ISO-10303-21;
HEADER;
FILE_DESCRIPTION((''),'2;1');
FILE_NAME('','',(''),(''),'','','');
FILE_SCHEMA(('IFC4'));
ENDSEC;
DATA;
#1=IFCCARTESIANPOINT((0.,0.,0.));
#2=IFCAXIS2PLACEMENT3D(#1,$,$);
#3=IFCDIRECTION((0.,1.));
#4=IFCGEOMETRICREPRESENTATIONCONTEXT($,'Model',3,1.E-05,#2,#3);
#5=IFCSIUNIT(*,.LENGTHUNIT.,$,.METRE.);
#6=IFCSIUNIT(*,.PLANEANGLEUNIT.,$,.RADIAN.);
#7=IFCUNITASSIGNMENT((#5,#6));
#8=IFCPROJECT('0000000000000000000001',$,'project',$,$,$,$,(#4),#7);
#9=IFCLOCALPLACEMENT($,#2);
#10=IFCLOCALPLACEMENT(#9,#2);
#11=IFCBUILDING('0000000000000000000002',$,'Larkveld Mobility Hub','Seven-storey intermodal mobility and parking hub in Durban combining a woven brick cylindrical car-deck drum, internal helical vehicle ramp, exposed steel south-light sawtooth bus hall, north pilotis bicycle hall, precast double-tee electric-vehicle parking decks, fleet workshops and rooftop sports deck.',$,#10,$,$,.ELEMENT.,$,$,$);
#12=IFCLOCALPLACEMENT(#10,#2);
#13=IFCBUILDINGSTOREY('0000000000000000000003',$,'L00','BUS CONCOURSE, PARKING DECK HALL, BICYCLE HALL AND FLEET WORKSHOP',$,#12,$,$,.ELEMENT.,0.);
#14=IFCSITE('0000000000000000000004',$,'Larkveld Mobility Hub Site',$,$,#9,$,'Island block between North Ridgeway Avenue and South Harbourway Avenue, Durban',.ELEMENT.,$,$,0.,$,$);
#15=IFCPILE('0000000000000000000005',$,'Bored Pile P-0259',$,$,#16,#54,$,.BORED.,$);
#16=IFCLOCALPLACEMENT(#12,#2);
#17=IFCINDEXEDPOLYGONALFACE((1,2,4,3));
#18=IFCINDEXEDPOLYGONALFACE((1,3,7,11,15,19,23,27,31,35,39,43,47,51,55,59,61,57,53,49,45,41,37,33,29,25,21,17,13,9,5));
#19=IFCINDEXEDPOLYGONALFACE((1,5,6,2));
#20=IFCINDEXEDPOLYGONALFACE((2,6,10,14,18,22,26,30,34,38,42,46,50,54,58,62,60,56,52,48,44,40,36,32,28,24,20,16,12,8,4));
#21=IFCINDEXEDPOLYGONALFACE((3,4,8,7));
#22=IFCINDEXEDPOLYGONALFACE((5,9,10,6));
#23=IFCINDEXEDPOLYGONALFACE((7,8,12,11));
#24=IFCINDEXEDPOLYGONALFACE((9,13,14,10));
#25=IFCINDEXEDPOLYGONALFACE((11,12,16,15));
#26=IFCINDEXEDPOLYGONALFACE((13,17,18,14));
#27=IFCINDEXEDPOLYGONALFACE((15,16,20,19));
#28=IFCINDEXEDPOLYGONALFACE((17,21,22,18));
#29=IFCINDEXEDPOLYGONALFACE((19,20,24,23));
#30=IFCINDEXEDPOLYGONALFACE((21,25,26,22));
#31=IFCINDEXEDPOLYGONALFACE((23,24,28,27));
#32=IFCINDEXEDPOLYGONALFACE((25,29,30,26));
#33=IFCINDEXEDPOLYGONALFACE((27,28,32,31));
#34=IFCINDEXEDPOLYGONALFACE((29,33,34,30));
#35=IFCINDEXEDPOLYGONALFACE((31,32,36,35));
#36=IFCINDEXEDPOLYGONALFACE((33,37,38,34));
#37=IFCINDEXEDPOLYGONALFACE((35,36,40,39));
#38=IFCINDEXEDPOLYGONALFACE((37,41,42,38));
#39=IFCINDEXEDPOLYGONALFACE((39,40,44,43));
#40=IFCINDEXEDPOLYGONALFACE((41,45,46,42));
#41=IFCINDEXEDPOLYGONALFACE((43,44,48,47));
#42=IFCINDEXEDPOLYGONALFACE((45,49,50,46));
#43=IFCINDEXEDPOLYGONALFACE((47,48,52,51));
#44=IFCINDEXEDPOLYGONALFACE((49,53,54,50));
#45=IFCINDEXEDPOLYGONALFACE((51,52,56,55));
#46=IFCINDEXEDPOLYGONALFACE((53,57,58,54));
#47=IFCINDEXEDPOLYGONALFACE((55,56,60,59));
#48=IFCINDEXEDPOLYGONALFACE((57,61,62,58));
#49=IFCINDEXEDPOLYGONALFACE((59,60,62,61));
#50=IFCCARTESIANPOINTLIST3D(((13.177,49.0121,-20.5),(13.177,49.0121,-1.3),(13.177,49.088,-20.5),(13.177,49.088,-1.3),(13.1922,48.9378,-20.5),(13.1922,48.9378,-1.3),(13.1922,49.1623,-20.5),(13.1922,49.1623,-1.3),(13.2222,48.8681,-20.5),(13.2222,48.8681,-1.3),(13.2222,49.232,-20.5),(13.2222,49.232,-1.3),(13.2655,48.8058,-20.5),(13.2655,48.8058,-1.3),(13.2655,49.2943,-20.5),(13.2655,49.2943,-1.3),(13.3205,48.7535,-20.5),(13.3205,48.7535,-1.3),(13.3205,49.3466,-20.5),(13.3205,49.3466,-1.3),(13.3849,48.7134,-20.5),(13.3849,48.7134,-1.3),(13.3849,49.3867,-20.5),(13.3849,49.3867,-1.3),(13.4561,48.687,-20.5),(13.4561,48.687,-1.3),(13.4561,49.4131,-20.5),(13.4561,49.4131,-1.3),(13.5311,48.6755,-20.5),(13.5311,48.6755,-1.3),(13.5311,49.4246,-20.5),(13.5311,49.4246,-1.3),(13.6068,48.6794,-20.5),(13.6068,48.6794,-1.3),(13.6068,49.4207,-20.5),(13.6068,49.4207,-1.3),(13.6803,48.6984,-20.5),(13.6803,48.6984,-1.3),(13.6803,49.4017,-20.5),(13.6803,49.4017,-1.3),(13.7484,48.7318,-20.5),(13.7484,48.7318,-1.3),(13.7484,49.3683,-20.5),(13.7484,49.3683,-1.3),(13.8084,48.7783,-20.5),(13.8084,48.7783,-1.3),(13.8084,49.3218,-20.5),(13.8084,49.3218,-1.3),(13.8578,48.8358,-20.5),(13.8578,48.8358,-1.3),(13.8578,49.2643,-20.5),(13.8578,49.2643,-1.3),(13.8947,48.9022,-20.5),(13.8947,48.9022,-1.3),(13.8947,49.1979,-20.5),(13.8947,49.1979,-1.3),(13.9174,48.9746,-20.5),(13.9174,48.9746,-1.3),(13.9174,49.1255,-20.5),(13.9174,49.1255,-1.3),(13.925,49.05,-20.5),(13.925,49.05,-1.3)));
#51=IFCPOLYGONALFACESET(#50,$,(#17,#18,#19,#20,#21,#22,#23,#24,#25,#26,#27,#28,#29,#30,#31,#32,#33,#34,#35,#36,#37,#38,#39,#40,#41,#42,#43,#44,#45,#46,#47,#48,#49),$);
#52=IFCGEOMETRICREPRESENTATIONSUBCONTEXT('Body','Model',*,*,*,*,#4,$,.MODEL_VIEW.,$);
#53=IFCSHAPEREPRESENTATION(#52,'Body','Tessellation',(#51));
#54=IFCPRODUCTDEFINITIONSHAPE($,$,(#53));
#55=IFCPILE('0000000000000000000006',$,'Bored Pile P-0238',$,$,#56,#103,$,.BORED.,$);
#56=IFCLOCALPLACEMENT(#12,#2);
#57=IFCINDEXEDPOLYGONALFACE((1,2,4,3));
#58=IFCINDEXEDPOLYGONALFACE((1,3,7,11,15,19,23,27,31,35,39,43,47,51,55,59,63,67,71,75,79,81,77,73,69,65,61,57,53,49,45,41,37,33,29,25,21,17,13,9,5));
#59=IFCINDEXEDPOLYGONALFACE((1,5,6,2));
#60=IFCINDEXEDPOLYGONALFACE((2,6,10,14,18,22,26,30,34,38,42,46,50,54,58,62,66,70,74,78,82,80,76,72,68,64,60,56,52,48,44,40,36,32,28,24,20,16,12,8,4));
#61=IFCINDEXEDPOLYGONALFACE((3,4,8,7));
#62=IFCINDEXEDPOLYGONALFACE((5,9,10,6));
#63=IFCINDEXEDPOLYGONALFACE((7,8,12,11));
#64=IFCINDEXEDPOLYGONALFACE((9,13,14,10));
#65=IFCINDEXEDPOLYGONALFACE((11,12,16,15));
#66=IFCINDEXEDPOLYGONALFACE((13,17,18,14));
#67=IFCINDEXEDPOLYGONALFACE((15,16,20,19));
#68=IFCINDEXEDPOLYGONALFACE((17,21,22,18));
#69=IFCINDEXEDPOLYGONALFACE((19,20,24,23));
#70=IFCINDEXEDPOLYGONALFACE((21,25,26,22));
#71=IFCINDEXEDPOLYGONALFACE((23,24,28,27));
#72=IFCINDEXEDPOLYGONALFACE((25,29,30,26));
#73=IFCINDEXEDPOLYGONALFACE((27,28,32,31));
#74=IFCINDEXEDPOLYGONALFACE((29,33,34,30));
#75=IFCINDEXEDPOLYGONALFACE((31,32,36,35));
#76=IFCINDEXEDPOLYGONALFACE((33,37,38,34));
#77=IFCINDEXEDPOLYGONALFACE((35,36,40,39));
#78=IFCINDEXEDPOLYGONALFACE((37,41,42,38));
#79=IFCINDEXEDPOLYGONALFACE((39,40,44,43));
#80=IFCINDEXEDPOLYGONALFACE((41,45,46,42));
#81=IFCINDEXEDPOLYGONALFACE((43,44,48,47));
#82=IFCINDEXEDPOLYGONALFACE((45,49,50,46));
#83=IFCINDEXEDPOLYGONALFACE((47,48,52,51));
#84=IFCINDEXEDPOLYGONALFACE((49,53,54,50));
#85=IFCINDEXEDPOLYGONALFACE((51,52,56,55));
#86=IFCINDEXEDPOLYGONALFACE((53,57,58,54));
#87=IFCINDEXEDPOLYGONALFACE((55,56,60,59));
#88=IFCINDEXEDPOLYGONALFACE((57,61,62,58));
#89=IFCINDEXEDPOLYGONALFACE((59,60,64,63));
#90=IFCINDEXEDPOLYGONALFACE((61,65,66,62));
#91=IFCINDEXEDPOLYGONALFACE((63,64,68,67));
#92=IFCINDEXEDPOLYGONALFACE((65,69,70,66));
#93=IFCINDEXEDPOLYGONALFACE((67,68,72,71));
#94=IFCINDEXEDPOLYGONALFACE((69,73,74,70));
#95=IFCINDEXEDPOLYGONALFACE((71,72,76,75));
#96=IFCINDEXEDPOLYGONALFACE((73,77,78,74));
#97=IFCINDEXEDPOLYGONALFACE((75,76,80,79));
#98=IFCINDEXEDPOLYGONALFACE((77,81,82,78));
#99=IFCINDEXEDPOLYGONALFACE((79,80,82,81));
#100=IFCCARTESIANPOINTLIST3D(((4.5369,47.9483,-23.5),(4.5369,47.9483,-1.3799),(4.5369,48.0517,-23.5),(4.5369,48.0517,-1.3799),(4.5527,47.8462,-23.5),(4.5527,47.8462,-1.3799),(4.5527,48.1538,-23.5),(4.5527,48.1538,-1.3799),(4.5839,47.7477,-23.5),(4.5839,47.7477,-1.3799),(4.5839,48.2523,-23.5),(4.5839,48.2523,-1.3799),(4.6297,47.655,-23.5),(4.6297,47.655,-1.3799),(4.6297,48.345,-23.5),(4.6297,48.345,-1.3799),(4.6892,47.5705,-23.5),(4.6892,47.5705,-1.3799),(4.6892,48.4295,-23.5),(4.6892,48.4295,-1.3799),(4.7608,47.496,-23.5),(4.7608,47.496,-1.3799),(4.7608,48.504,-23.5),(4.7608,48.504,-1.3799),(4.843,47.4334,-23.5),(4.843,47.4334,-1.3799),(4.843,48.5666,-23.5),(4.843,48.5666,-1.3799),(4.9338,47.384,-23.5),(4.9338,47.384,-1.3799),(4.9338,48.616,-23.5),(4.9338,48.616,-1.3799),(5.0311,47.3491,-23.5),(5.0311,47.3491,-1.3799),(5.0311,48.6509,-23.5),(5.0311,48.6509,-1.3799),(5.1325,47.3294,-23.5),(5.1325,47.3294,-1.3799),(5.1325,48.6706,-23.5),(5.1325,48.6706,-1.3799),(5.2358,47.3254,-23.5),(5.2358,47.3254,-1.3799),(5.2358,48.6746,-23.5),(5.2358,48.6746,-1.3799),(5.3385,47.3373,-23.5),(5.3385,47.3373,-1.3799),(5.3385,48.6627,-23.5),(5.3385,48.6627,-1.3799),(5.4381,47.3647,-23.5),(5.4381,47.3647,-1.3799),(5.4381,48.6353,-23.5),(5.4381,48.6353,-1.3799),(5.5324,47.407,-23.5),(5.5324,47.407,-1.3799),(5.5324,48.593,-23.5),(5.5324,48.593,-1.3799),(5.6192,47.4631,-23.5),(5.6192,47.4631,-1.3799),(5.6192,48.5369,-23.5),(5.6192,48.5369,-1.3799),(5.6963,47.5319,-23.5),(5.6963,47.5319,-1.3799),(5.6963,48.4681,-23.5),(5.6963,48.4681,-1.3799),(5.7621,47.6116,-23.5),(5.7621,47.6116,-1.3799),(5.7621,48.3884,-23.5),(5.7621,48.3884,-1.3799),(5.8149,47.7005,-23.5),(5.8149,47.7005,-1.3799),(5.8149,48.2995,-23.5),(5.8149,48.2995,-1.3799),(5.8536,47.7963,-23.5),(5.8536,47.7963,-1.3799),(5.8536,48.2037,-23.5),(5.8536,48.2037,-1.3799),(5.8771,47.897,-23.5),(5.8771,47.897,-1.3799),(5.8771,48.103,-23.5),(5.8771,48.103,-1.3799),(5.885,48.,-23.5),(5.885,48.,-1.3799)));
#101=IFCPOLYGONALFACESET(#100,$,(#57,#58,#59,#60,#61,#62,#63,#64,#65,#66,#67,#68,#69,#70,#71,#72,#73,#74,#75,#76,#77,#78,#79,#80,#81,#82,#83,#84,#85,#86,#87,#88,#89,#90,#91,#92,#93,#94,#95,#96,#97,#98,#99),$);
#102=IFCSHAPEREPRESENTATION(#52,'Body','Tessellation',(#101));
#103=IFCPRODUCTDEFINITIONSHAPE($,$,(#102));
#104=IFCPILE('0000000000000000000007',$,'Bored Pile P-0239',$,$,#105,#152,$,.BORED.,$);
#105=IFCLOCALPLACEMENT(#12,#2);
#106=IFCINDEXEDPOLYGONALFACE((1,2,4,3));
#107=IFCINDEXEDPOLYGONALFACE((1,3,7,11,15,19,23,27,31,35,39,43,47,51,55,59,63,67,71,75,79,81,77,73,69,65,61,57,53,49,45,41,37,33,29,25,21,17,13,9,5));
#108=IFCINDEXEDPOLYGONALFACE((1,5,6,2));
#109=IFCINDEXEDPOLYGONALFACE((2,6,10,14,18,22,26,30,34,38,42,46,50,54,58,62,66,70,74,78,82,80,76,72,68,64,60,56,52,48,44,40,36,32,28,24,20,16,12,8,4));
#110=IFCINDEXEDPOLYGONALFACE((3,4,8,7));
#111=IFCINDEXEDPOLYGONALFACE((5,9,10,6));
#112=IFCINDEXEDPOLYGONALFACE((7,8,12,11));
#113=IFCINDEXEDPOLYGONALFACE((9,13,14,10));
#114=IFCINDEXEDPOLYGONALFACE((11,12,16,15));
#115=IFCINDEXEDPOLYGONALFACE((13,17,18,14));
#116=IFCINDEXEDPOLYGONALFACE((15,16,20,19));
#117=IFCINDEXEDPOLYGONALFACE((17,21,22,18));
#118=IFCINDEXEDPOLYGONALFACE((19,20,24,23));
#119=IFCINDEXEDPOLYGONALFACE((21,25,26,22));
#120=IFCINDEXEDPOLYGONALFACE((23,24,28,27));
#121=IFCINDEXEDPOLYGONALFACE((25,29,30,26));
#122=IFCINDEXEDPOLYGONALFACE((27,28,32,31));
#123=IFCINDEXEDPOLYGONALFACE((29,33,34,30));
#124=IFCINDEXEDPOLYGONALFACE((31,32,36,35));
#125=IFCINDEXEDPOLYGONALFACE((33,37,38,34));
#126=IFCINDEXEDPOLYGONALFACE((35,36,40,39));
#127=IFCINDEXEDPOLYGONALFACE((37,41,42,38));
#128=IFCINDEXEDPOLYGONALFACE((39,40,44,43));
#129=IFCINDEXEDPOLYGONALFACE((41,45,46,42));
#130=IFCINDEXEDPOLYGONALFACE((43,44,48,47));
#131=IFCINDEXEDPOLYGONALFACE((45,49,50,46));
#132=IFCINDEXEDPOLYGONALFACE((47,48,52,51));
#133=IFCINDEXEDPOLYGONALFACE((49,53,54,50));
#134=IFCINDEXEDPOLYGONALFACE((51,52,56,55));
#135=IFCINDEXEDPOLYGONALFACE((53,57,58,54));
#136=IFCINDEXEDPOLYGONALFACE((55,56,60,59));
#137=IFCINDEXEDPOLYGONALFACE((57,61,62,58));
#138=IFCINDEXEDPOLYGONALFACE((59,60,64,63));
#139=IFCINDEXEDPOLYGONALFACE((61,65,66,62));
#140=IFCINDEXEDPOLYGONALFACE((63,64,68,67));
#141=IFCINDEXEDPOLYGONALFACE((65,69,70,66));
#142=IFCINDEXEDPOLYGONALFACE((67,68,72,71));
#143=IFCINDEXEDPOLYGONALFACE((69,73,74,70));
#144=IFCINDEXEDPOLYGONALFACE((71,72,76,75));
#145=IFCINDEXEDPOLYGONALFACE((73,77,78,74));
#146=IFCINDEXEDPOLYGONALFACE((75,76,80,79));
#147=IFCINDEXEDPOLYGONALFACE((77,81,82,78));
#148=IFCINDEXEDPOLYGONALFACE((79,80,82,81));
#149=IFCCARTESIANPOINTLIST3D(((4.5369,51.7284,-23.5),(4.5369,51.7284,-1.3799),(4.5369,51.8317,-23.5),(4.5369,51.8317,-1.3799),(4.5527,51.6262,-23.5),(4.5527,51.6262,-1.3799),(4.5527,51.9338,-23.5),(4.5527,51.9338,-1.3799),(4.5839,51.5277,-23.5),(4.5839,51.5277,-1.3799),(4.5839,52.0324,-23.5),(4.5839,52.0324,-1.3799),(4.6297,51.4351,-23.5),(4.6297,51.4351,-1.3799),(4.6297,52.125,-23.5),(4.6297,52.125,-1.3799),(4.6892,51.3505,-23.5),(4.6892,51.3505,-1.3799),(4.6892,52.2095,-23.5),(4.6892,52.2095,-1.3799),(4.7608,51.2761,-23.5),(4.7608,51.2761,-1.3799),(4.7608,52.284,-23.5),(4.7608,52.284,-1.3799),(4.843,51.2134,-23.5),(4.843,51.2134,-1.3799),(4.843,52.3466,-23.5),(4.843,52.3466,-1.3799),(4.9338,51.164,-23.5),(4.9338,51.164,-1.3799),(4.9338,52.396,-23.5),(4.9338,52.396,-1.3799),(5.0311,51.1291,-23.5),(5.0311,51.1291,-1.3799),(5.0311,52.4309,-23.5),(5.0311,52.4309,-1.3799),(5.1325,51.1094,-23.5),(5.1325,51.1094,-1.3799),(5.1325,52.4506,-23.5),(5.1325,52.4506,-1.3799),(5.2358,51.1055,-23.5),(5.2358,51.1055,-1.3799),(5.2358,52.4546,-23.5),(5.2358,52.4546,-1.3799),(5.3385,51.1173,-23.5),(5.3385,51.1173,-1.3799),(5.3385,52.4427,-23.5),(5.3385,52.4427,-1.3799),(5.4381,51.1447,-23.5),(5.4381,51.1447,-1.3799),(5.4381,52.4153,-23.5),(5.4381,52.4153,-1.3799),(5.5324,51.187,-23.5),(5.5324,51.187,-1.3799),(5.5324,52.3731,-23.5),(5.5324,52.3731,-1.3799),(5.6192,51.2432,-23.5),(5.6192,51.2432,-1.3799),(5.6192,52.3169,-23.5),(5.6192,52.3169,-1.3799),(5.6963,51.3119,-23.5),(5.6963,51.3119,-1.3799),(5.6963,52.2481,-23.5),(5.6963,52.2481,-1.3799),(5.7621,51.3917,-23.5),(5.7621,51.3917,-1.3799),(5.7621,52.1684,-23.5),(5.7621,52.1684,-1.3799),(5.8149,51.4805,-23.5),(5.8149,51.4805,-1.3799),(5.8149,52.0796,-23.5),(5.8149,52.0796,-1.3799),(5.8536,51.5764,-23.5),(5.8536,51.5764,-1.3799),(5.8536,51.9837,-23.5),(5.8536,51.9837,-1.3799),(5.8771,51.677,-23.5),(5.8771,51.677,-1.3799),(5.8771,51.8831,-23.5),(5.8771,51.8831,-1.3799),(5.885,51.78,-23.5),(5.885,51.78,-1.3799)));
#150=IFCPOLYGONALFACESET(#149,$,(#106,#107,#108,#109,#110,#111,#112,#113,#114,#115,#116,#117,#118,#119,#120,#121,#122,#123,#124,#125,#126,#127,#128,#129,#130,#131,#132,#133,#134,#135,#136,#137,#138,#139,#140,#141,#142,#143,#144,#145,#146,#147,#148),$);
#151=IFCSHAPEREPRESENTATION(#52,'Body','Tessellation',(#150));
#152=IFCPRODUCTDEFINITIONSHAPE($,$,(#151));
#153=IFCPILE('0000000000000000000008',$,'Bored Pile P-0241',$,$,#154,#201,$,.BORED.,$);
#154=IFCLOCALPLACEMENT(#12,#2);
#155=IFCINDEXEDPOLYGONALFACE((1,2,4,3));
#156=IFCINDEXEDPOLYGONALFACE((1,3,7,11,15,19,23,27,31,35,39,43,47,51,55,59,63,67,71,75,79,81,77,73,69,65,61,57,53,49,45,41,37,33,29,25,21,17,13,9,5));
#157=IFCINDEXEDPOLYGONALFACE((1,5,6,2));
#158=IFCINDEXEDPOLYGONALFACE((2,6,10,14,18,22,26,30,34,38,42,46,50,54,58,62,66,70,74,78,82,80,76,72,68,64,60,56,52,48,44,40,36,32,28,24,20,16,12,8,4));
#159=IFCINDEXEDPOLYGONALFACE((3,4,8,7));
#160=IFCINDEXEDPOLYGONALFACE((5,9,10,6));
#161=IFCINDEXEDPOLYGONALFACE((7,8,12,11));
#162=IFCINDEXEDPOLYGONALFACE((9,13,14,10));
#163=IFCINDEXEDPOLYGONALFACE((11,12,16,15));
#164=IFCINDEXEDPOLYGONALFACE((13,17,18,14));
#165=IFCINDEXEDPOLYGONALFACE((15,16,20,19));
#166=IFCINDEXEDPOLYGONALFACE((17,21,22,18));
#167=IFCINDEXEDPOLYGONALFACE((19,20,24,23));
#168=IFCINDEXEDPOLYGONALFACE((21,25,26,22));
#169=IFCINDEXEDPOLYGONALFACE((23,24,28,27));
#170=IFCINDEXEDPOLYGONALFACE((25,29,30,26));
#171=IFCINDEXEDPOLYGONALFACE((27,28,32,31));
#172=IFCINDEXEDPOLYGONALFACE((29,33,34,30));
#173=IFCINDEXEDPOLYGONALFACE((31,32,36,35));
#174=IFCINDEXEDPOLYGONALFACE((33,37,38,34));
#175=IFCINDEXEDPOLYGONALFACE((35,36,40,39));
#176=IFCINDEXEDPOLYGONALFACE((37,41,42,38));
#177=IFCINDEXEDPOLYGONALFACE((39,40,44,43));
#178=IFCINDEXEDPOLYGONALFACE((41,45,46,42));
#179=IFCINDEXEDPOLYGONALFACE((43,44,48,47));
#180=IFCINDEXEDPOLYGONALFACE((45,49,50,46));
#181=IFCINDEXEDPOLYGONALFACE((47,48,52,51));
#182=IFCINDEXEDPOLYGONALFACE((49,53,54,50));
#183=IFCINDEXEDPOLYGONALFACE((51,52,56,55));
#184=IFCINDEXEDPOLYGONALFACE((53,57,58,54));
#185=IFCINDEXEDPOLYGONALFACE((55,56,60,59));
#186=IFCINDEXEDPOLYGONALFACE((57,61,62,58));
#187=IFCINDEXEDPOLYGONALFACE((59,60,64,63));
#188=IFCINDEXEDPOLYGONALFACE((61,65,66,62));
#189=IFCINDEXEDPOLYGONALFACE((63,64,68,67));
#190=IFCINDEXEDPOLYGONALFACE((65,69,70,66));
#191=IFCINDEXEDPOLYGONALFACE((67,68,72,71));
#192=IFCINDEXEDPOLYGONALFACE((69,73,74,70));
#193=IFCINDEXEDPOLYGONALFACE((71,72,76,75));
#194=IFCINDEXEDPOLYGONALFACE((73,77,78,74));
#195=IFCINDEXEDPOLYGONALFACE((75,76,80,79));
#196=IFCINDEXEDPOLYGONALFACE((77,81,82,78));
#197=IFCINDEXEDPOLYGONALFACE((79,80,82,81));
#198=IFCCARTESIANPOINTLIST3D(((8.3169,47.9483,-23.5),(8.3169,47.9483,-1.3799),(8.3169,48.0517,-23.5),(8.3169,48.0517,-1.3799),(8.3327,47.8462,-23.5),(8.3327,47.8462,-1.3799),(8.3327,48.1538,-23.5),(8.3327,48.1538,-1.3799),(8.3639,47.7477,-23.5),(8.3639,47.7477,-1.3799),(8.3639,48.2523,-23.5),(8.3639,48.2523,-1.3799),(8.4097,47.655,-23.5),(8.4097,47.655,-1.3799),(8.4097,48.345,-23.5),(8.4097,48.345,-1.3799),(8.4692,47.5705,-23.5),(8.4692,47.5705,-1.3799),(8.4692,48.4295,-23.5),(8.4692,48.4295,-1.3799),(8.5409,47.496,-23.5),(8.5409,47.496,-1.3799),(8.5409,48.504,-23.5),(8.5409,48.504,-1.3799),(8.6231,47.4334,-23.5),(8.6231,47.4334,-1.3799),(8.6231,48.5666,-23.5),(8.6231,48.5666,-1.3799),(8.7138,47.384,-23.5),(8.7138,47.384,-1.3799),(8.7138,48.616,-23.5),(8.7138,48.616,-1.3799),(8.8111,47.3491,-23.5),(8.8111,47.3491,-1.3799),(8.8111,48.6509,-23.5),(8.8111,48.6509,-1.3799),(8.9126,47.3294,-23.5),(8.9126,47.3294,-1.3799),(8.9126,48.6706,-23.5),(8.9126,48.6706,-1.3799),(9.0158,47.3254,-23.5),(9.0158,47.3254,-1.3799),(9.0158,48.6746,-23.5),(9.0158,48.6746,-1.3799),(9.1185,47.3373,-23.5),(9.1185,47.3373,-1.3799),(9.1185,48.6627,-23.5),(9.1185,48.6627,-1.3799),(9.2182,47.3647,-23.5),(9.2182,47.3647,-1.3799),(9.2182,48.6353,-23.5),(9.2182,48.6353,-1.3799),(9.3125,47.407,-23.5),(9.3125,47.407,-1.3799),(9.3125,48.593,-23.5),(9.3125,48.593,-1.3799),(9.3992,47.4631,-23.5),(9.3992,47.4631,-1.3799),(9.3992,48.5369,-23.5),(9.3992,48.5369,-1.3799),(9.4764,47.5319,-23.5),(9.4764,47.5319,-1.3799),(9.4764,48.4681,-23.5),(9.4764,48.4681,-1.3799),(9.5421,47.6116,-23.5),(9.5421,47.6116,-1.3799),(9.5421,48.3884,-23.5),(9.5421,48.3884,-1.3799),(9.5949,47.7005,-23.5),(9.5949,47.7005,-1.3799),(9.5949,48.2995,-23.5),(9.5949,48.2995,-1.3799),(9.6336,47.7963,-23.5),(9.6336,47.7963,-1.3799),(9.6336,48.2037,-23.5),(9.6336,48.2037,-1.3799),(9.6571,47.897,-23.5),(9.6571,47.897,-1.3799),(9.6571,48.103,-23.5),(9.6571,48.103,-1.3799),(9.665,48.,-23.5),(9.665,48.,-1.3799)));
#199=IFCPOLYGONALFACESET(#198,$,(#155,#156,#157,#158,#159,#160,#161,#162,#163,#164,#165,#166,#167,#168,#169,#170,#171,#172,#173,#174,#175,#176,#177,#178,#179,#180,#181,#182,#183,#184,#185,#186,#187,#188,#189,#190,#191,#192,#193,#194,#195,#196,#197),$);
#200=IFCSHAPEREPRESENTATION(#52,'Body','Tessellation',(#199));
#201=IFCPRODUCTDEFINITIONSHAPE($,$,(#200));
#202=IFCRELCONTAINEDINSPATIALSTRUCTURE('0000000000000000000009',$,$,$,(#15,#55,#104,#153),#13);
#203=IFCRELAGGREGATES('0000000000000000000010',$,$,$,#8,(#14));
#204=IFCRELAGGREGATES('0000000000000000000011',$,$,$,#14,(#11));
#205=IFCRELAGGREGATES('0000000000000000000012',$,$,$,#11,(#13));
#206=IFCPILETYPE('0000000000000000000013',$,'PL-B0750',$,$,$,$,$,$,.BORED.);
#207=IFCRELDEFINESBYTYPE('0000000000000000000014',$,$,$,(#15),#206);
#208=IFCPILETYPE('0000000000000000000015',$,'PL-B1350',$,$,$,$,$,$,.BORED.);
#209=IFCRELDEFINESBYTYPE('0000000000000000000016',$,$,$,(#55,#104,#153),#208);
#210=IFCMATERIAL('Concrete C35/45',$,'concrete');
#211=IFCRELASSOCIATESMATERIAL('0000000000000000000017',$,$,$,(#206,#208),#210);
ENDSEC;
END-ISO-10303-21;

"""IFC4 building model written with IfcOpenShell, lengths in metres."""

from ifc_helpers import new_model, si_unit, direction, frame, origin, origin_2d, place, context, subcontext, project, spatial, circle, extrude, material, material_profile, profile_set, type_object, element, save


model = new_model("IFC4")

# Units and contexts
model_context = context("Model", 3, precision=1e-05, world=origin(), true_north=direction((0.0, 1.0)))
body_context = subcontext(model_context, "Body", "Model", "MODEL_VIEW")
ifc_project = project(units=[si_unit("LENGTHUNIT", "METRE"), si_unit("PLANEANGLEUNIT", "RADIAN")], contexts=[model_context])

# Site, building, storey
site_placement = place(None, origin())
site = spatial("IfcSite", under=ifc_project, at=site_placement, Name="Larkveld Mobility Hub Site", LongName="Island block between North Ridgeway Avenue and South Harbourway Avenue, Durban", CompositionType="ELEMENT", RefElevation=0.0)
building_placement = place(site_placement, origin())
building = spatial("IfcBuilding", under=site, at=building_placement, Name="Larkveld Mobility Hub", Description="Seven-storey intermodal mobility and parking hub in Durban combining a woven brick cylindrical car-deck drum, internal helical vehicle ramp, exposed steel south-light sawtooth bus hall, north pilotis bicycle hall, precast double-tee electric-vehicle parking decks, fleet workshops and rooftop sports deck.", CompositionType="ELEMENT")
storey_placement = place(building_placement, origin())
storey = spatial("IfcBuildingStorey", under=building, at=storey_placement, Name="L00", Description="BUS CONCOURSE, PARKING DECK HALL, BICYCLE HALL AND FLEET WORKSHOP", CompositionType="ELEMENT", Elevation=0.0)

# Shared definitions
ifc_material_1 = material(Name="Concrete C35/45", Category="concrete")

# Piles
ifc_material_profile_1 = material_profile(ifc_material_1, circle(Radius=0.375, at=origin_2d()), Name="PILE D750")
ifc_profile_set_1 = profile_set([ifc_material_profile_1], Name="Concrete C35/45")
pile_type_1 = type_object("IfcPileType", Name="PL-B0750", PredefinedType="BORED", material=ifc_profile_set_1)
for number, where, z_axis, x_axis, name in (
    (1, (13.55, 49.05, -1.3), (0.0, 0.0, -1.0), (1.0, 0.0, 0.0), "Bored Pile P-0259"),
):
    element("IfcPile", number, at=place(storey_placement, frame(where, z_axis=z_axis, x_axis=x_axis)), inside=storey, type_object=pile_type_1, Name=name, PredefinedType="BORED", context=body_context, shape_type="SweptSolid", body=[
        extrude(circle(Radius=0.375, at=origin_2d()), origin(), (0.0, 0.0, 1.0), 19.2),
    ])
ifc_material_profile_2 = material_profile(ifc_material_1, circle(Radius=0.675, at=origin_2d()), Name="PILE D1350")
ifc_profile_set_2 = profile_set([ifc_material_profile_2], Name="Concrete C35/45")
pile_type_2 = type_object("IfcPileType", Name="PL-B1350", PredefinedType="BORED", material=ifc_profile_set_2)
for number, where, z_axis, x_axis, name in (
    (2, (5.21, 48.0, -1.3799), (0.0, 0.0, -1.0), (1.0, 0.0, 0.0), "Bored Pile P-0238"),
    (3, (5.21, 51.78, -1.3799), (0.0, 0.0, -1.0), (1.0, 0.0, 0.0), "Bored Pile P-0239"),
    (4, (8.99, 48.0, -1.3799), (0.0, 0.0, -1.0), (1.0, 0.0, 0.0), "Bored Pile P-0241"),
):
    element("IfcPile", number, at=place(storey_placement, frame(where, z_axis=z_axis, x_axis=x_axis)), inside=storey, type_object=pile_type_2, Name=name, PredefinedType="BORED", context=body_context, shape_type="SweptSolid", body=[
        extrude(circle(Radius=0.675, at=origin_2d()), origin(), (0.0, 0.0, 1.0), 22.1201),
    ])

save(model, "model.ifc")
